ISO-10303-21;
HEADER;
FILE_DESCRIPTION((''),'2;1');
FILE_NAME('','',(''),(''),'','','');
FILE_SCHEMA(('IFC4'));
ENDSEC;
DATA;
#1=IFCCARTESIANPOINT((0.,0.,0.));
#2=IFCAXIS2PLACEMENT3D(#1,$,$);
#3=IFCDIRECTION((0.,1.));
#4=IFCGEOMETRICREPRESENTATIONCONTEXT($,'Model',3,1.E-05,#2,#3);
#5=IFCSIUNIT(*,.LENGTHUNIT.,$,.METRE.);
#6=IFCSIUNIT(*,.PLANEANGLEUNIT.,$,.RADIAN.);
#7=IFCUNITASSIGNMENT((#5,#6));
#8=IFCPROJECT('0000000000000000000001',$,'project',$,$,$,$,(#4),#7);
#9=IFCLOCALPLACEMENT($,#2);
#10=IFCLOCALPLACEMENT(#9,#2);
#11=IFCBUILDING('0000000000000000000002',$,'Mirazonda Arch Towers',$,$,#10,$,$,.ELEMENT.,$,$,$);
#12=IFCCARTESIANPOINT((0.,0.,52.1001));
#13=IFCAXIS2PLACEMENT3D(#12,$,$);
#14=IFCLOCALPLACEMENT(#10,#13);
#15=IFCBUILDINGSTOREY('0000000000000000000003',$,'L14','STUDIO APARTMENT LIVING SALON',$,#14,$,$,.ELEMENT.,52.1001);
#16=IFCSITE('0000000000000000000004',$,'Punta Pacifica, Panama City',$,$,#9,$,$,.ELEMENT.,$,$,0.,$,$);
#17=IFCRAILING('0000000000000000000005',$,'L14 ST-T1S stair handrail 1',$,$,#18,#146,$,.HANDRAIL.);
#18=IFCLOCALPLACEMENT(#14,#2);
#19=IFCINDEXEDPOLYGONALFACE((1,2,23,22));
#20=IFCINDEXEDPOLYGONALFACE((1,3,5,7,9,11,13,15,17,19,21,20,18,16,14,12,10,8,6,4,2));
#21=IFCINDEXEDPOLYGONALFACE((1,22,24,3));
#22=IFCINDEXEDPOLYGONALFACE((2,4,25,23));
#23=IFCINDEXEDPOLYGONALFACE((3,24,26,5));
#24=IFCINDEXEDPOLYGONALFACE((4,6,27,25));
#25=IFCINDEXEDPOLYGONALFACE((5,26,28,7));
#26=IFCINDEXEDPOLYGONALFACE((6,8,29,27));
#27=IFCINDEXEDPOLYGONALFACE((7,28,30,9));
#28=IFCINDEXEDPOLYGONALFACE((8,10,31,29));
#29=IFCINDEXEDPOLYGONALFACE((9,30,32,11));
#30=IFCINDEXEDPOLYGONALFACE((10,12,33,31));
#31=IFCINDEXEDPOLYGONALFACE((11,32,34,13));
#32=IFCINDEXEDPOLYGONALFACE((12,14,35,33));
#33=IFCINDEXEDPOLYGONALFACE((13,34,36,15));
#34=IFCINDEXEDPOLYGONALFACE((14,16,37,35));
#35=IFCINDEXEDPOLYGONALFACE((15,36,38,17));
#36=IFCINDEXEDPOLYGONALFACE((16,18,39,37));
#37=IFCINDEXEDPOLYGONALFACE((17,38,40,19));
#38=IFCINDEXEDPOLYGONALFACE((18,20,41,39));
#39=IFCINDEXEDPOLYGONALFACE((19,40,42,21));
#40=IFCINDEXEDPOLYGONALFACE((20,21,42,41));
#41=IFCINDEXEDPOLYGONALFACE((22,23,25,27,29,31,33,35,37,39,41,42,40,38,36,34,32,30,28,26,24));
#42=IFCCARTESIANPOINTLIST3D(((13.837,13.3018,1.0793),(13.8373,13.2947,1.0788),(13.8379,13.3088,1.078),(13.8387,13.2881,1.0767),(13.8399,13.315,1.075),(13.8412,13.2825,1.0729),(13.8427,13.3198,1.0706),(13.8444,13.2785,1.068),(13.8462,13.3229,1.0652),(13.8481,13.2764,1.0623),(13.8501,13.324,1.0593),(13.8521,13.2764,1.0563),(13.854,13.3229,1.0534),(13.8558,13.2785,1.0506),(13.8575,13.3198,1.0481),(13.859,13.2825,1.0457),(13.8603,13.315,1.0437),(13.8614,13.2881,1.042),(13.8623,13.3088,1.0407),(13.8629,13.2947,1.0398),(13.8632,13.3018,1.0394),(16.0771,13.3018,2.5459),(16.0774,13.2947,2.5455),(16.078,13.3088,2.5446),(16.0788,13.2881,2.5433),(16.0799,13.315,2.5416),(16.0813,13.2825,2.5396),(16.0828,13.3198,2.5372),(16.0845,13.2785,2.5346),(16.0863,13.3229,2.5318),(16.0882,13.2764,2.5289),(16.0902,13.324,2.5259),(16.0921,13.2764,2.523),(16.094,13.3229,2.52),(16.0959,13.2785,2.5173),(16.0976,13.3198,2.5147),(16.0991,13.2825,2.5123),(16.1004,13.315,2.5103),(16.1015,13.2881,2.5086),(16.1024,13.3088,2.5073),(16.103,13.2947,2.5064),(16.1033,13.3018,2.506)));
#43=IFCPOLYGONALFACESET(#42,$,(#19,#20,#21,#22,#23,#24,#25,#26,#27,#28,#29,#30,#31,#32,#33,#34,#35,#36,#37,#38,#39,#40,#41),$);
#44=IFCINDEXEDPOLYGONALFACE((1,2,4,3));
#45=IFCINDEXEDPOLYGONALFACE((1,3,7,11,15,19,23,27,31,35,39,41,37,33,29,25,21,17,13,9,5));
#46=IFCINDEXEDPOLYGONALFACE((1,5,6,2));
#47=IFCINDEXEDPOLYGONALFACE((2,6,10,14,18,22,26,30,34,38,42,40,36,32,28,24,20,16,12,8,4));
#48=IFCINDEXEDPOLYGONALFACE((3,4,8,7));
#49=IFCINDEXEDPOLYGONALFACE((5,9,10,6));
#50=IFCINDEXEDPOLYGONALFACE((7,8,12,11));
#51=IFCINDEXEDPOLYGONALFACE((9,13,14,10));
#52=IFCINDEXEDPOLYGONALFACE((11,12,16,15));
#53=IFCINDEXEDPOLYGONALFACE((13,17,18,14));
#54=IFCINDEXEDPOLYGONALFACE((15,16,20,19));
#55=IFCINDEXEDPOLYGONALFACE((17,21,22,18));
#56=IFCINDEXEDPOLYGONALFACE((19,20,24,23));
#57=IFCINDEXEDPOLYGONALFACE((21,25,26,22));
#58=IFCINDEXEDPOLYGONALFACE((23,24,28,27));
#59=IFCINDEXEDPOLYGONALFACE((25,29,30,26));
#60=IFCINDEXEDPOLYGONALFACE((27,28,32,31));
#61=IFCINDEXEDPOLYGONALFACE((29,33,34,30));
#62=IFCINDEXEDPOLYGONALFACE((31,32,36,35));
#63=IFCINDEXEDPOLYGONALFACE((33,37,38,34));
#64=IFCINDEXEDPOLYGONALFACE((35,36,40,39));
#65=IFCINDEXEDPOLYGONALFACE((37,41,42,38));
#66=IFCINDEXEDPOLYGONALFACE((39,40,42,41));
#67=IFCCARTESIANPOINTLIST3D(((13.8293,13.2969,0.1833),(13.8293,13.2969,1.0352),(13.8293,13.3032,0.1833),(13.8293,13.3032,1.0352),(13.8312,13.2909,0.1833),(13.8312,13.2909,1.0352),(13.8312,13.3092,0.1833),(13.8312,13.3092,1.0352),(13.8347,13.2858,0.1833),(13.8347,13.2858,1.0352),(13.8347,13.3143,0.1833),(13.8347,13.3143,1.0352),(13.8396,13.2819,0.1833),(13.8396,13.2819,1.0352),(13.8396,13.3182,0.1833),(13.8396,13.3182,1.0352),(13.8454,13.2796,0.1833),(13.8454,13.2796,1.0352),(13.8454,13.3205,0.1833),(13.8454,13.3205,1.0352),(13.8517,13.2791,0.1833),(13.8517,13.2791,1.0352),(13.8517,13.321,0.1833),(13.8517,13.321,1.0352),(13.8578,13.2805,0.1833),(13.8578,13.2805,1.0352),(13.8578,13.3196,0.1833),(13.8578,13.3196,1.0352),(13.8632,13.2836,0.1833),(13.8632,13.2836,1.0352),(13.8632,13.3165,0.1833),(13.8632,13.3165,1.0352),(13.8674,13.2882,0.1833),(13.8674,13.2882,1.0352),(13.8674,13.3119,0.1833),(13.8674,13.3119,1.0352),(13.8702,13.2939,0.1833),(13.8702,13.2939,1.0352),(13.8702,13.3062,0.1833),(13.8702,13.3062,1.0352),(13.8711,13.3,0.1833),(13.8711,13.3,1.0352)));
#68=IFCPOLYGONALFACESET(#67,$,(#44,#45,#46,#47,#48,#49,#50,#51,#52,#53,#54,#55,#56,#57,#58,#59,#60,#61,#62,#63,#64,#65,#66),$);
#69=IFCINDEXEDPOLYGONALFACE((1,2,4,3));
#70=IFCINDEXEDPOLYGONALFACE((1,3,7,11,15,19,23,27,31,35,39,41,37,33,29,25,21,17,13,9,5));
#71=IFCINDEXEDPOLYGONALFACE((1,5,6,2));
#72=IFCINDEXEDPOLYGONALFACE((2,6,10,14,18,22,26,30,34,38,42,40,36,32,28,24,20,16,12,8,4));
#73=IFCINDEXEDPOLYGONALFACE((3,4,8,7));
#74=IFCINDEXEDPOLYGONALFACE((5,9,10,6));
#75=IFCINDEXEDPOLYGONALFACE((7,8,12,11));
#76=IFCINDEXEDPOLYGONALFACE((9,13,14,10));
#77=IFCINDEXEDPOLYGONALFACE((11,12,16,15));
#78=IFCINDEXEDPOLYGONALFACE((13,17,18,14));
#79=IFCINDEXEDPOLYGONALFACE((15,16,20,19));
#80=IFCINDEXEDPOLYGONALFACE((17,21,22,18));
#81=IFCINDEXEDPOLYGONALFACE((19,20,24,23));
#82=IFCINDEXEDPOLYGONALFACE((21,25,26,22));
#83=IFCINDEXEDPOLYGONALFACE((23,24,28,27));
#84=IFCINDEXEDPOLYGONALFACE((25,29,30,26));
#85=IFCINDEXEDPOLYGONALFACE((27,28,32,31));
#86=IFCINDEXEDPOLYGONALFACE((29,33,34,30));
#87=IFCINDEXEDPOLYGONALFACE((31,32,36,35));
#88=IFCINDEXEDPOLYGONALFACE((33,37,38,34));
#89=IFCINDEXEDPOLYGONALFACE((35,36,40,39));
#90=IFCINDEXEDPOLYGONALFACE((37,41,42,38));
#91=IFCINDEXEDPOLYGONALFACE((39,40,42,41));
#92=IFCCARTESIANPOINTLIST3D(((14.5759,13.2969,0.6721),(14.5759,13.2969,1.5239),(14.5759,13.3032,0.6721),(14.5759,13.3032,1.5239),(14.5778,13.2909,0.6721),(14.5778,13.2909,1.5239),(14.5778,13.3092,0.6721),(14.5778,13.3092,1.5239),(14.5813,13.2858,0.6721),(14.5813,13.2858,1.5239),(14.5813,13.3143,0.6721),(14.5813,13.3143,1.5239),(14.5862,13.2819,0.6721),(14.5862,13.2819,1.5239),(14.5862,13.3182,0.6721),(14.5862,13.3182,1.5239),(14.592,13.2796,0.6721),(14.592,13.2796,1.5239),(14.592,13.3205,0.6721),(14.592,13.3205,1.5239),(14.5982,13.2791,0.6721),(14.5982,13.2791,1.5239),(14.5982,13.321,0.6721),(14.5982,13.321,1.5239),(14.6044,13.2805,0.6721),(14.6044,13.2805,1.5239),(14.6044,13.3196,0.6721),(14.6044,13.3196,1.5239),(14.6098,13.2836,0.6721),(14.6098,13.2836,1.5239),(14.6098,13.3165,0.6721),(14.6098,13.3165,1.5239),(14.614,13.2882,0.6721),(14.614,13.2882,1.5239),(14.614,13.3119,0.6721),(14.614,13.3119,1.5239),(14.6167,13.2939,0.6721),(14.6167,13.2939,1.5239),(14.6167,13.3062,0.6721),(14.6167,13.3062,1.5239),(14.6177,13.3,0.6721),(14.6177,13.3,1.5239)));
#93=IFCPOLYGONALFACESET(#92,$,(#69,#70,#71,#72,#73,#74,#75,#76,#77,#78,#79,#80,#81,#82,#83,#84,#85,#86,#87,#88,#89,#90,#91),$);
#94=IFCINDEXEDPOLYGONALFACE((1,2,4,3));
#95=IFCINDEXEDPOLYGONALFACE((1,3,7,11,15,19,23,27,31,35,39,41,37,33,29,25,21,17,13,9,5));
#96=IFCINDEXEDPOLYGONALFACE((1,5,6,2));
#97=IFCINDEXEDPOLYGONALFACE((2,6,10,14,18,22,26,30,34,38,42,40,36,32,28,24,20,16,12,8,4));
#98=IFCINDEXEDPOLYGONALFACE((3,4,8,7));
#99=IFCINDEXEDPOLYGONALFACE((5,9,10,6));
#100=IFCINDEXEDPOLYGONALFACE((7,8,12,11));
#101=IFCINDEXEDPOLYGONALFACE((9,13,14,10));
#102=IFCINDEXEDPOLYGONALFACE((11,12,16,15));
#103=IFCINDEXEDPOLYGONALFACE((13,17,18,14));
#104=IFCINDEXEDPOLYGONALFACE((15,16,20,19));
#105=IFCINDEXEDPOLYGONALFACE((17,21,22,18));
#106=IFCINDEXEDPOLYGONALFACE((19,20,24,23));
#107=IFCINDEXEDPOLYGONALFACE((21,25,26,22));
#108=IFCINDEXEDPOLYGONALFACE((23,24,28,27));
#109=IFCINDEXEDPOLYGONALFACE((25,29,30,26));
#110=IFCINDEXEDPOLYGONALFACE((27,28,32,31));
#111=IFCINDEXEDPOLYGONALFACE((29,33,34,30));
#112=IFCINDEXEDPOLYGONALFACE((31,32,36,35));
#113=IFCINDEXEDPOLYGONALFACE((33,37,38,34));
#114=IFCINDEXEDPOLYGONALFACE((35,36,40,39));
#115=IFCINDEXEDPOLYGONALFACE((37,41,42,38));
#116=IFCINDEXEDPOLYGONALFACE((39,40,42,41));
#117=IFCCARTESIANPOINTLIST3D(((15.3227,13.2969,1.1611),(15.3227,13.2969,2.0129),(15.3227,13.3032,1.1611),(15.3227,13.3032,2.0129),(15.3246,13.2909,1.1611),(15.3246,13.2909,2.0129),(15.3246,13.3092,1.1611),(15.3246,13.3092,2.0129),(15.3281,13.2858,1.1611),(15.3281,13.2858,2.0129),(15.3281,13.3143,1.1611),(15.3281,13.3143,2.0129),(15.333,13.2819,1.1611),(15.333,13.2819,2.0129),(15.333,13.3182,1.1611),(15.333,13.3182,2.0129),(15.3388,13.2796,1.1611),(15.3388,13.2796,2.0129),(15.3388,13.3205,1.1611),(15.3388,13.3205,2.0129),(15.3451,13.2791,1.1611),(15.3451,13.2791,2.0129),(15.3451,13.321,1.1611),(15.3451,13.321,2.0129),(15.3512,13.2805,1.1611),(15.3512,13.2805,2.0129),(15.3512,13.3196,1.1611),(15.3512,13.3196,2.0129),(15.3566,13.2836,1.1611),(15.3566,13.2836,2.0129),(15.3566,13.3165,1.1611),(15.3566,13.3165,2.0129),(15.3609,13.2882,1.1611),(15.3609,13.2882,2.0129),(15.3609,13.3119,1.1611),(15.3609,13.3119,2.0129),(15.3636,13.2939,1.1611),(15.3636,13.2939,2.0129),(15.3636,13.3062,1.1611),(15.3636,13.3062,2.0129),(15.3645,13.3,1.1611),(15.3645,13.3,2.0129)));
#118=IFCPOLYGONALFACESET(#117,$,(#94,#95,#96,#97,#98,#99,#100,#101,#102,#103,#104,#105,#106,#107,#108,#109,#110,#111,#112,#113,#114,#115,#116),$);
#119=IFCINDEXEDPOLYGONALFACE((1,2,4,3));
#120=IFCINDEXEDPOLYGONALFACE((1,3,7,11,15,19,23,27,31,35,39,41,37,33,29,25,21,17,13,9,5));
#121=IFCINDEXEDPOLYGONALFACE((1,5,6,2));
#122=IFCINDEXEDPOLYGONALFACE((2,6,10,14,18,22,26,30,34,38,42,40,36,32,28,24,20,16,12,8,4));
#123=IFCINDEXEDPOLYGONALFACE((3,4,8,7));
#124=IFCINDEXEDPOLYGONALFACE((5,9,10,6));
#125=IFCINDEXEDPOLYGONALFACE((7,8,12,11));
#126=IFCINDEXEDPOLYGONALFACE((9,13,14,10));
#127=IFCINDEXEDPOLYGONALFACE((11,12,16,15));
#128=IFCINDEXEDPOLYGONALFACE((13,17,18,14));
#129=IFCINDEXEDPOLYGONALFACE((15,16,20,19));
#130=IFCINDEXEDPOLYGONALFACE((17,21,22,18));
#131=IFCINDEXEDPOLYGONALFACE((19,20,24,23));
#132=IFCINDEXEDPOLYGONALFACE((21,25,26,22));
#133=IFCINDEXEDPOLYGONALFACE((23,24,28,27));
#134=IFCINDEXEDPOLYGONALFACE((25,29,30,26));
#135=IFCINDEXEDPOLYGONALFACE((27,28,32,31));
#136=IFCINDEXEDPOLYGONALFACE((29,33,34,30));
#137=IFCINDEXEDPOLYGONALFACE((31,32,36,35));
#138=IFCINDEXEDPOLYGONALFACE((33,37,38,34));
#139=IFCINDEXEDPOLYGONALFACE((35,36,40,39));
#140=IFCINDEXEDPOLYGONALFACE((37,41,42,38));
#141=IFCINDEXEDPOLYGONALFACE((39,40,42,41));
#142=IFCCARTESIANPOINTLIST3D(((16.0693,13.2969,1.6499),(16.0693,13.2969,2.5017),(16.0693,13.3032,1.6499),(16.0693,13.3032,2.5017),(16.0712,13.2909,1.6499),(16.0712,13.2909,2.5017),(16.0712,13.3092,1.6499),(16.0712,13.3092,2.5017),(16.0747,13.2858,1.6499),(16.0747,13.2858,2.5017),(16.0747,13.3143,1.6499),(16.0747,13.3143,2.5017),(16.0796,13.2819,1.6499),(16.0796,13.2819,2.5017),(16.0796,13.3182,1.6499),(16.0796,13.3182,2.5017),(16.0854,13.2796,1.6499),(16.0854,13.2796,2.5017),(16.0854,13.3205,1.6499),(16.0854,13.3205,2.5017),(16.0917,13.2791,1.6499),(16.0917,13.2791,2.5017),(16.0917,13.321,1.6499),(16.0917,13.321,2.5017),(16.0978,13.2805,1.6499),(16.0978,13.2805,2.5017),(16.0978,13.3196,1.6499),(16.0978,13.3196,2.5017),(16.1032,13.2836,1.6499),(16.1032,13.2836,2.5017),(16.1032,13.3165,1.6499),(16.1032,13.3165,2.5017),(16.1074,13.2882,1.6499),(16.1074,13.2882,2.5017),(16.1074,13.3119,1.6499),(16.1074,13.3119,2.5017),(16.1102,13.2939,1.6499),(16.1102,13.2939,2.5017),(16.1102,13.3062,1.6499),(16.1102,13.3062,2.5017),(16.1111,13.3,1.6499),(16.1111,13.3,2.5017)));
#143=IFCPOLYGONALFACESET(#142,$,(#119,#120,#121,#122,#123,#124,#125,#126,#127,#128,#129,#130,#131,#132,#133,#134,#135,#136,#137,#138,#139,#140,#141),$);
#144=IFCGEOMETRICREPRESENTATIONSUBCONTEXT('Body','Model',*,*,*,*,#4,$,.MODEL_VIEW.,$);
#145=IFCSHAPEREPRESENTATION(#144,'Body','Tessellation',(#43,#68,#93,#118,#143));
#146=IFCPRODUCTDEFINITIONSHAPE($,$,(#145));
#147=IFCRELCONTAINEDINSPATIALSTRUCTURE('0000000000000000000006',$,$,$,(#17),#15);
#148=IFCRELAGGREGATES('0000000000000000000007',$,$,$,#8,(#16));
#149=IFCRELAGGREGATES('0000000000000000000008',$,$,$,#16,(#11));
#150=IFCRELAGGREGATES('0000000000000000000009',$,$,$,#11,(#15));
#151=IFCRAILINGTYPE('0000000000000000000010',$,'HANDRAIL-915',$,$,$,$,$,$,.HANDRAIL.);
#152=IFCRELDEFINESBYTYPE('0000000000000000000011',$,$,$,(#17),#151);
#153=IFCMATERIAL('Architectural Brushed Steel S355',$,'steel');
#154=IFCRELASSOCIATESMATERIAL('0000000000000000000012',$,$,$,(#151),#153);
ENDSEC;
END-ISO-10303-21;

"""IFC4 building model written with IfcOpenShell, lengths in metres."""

from ifc_helpers import new_model, si_unit, direction, frame, origin, origin_2d, place, context, subcontext, project, spatial, circle, extrude, material, type_object, element, save


model = new_model("IFC4")

# Units and contexts
model_context = context("Model", 3, precision=1e-05, world=origin(), true_north=direction((0.0, 1.0)))
body_context = subcontext(model_context, "Body", "Model", "MODEL_VIEW")
ifc_project = project(units=[si_unit("LENGTHUNIT", "METRE"), si_unit("PLANEANGLEUNIT", "RADIAN")], contexts=[model_context])

# Site, building, storey
site_placement = place(None, origin())
site = spatial("IfcSite", under=ifc_project, at=site_placement, Name="Punta Pacifica, Panama City", CompositionType="ELEMENT", RefElevation=0.0)
building_placement = place(site_placement, origin())
building = spatial("IfcBuilding", under=site, at=building_placement, Name="Mirazonda Arch Towers", CompositionType="ELEMENT")
storey_placement = place(building_placement, frame((0.0, 0.0, 52.1001)))
storey = spatial("IfcBuildingStorey", under=building, at=storey_placement, Name="L14", Description="STUDIO APARTMENT LIVING SALON", CompositionType="ELEMENT", Elevation=52.1001)

# Shared definitions
ifc_material_1 = material(Name="Architectural Brushed Steel S355", Category="steel")

# Railing
railing_type_1 = type_object("IfcRailingType", Name="HANDRAIL-915", PredefinedType="HANDRAIL", material=ifc_material_1)
railing_1_placement = place(storey_placement, frame((13.8501, 13.3, 0.1833)))
element("IfcRailing", 1, at=railing_1_placement, inside=storey, type_object=railing_type_1, Name="L14 ST-T1S stair handrail 1", PredefinedType="HANDRAIL", context=body_context, shape_type="SweptSolid", body=[
    extrude(circle(Radius=0.0239, at=origin_2d()), frame((0.0, 0.0, 0.876), z_axis=(0.836637, 0.0, 0.547758), x_axis=(0.0, 1.0, 0.0)), (0.0, 0.0, 1.0), 2.6775),
    extrude(circle(Radius=0.021, at=origin_2d()), origin(), (0.0, 0.0, 1.0), 0.8518),
    extrude(circle(Radius=0.021, at=origin_2d()), frame((0.7466, 0.0, 0.4888)), (0.0, 0.0, 1.0), 0.8518),
    extrude(circle(Radius=0.021, at=origin_2d()), frame((1.4934, 0.0, 0.9778)), (0.0, 0.0, 1.0), 0.8518),
    extrude(circle(Radius=0.021, at=origin_2d()), frame((2.24, 0.0, 1.4666)), (0.0, 0.0, 1.0), 0.8518),
])

save(model, "model.ifc")
